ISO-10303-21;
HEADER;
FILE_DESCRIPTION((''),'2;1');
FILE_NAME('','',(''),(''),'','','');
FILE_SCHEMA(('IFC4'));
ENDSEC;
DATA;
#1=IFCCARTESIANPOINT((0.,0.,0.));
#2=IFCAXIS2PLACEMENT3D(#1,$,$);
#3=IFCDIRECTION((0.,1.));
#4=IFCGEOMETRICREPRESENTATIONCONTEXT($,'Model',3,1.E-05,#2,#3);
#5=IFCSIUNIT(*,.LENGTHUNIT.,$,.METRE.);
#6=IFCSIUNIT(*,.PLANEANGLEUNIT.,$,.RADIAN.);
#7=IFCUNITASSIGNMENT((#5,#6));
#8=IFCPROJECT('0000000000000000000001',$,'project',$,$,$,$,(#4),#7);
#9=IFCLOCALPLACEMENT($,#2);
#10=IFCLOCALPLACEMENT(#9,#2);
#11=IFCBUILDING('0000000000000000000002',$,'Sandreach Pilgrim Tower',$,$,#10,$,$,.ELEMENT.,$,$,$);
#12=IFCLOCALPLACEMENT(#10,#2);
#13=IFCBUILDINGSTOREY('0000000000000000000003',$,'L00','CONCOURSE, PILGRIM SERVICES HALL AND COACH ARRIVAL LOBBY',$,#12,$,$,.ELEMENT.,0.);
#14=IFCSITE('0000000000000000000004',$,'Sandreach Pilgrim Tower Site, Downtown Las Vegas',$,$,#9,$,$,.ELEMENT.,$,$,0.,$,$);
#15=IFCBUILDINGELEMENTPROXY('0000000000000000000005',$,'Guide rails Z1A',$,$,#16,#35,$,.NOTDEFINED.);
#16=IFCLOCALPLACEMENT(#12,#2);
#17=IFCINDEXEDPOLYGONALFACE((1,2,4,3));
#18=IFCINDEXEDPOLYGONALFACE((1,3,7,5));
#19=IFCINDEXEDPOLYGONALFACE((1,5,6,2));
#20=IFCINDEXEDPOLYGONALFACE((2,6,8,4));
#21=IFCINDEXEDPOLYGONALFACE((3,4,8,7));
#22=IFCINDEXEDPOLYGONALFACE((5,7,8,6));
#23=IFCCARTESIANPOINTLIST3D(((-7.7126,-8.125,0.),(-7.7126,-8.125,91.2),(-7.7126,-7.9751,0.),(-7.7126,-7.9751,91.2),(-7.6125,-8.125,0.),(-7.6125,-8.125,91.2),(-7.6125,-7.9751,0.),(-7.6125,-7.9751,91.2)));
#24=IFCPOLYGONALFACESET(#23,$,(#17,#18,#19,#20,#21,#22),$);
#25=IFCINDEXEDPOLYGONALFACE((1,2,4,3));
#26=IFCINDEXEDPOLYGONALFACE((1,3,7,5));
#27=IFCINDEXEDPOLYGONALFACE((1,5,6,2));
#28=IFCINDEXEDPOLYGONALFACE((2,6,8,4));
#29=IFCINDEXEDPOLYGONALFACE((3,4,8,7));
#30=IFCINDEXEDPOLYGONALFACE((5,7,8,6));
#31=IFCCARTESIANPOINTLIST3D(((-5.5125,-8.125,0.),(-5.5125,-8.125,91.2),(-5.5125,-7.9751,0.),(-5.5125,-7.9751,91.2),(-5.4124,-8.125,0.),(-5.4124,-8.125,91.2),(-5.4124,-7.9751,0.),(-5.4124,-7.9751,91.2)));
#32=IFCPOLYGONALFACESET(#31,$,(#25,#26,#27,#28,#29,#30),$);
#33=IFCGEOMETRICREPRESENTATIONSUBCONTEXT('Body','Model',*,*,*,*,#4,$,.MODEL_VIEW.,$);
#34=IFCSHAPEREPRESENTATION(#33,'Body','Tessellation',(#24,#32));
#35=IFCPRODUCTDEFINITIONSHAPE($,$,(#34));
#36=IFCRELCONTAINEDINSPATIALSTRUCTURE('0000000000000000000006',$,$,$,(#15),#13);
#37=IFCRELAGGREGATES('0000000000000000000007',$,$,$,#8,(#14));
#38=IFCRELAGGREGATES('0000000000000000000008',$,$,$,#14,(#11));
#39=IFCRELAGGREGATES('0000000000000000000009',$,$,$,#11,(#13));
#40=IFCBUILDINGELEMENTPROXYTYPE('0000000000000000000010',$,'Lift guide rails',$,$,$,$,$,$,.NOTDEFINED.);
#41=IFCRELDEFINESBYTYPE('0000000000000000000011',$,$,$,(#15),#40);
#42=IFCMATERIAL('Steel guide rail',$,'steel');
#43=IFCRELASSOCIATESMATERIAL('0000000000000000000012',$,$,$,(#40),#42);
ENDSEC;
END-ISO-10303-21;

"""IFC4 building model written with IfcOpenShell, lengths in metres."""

from ifc_helpers import new_model, si_unit, direction, frame, origin, origin_2d, place, context, subcontext, project, spatial, rectangle, extrude, material, type_object, element, save


model = new_model("IFC4")

# Units and contexts
model_context = context("Model", 3, precision=1e-05, world=origin(), true_north=direction((0.0, 1.0)))
body_context = subcontext(model_context, "Body", "Model", "MODEL_VIEW")
ifc_project = project(units=[si_unit("LENGTHUNIT", "METRE"), si_unit("PLANEANGLEUNIT", "RADIAN")], contexts=[model_context])

# Site, building, storey
site_placement = place(None, origin())
site = spatial("IfcSite", under=ifc_project, at=site_placement, Name="Sandreach Pilgrim Tower Site, Downtown Las Vegas", CompositionType="ELEMENT", RefElevation=0.0)
building_placement = place(site_placement, origin())
building = spatial("IfcBuilding", under=site, at=building_placement, Name="Sandreach Pilgrim Tower", CompositionType="ELEMENT")
storey_placement = place(building_placement, origin())
storey = spatial("IfcBuildingStorey", under=building, at=storey_placement, Name="L00", Description="CONCOURSE, PILGRIM SERVICES HALL AND COACH ARRIVAL LOBBY", CompositionType="ELEMENT", Elevation=0.0)

# Building element proxy
ifc_material_1 = material(Name="Steel guide rail", Category="steel")
building_element_proxy_type = type_object("IfcBuildingElementProxyType", Name="Lift guide rails", PredefinedType="NOTDEFINED", material=ifc_material_1)
proxy_placement = place(storey_placement, frame((-6.5625, -8.05, 0.0), z_axis=(0.0, 0.0, 1.0), x_axis=(1.0, 0.0, 0.0)))
element("IfcBuildingElementProxy", 1, at=proxy_placement, inside=storey, type_object=building_element_proxy_type, Name="Guide rails Z1A", PredefinedType="NOTDEFINED", context=body_context, shape_type="SweptSolid", body=[
    extrude(rectangle(XDim=0.1001, YDim=0.1499, at=origin_2d()), frame((-1.1001, 0.0, 0.0)), (0.0, 0.0, 1.0), 91.2),
    extrude(rectangle(XDim=0.1001, YDim=0.1499, at=origin_2d()), frame((1.1001, 0.0, 0.0)), (0.0, 0.0, 1.0), 91.2),
])

save(model, "model.ifc")
